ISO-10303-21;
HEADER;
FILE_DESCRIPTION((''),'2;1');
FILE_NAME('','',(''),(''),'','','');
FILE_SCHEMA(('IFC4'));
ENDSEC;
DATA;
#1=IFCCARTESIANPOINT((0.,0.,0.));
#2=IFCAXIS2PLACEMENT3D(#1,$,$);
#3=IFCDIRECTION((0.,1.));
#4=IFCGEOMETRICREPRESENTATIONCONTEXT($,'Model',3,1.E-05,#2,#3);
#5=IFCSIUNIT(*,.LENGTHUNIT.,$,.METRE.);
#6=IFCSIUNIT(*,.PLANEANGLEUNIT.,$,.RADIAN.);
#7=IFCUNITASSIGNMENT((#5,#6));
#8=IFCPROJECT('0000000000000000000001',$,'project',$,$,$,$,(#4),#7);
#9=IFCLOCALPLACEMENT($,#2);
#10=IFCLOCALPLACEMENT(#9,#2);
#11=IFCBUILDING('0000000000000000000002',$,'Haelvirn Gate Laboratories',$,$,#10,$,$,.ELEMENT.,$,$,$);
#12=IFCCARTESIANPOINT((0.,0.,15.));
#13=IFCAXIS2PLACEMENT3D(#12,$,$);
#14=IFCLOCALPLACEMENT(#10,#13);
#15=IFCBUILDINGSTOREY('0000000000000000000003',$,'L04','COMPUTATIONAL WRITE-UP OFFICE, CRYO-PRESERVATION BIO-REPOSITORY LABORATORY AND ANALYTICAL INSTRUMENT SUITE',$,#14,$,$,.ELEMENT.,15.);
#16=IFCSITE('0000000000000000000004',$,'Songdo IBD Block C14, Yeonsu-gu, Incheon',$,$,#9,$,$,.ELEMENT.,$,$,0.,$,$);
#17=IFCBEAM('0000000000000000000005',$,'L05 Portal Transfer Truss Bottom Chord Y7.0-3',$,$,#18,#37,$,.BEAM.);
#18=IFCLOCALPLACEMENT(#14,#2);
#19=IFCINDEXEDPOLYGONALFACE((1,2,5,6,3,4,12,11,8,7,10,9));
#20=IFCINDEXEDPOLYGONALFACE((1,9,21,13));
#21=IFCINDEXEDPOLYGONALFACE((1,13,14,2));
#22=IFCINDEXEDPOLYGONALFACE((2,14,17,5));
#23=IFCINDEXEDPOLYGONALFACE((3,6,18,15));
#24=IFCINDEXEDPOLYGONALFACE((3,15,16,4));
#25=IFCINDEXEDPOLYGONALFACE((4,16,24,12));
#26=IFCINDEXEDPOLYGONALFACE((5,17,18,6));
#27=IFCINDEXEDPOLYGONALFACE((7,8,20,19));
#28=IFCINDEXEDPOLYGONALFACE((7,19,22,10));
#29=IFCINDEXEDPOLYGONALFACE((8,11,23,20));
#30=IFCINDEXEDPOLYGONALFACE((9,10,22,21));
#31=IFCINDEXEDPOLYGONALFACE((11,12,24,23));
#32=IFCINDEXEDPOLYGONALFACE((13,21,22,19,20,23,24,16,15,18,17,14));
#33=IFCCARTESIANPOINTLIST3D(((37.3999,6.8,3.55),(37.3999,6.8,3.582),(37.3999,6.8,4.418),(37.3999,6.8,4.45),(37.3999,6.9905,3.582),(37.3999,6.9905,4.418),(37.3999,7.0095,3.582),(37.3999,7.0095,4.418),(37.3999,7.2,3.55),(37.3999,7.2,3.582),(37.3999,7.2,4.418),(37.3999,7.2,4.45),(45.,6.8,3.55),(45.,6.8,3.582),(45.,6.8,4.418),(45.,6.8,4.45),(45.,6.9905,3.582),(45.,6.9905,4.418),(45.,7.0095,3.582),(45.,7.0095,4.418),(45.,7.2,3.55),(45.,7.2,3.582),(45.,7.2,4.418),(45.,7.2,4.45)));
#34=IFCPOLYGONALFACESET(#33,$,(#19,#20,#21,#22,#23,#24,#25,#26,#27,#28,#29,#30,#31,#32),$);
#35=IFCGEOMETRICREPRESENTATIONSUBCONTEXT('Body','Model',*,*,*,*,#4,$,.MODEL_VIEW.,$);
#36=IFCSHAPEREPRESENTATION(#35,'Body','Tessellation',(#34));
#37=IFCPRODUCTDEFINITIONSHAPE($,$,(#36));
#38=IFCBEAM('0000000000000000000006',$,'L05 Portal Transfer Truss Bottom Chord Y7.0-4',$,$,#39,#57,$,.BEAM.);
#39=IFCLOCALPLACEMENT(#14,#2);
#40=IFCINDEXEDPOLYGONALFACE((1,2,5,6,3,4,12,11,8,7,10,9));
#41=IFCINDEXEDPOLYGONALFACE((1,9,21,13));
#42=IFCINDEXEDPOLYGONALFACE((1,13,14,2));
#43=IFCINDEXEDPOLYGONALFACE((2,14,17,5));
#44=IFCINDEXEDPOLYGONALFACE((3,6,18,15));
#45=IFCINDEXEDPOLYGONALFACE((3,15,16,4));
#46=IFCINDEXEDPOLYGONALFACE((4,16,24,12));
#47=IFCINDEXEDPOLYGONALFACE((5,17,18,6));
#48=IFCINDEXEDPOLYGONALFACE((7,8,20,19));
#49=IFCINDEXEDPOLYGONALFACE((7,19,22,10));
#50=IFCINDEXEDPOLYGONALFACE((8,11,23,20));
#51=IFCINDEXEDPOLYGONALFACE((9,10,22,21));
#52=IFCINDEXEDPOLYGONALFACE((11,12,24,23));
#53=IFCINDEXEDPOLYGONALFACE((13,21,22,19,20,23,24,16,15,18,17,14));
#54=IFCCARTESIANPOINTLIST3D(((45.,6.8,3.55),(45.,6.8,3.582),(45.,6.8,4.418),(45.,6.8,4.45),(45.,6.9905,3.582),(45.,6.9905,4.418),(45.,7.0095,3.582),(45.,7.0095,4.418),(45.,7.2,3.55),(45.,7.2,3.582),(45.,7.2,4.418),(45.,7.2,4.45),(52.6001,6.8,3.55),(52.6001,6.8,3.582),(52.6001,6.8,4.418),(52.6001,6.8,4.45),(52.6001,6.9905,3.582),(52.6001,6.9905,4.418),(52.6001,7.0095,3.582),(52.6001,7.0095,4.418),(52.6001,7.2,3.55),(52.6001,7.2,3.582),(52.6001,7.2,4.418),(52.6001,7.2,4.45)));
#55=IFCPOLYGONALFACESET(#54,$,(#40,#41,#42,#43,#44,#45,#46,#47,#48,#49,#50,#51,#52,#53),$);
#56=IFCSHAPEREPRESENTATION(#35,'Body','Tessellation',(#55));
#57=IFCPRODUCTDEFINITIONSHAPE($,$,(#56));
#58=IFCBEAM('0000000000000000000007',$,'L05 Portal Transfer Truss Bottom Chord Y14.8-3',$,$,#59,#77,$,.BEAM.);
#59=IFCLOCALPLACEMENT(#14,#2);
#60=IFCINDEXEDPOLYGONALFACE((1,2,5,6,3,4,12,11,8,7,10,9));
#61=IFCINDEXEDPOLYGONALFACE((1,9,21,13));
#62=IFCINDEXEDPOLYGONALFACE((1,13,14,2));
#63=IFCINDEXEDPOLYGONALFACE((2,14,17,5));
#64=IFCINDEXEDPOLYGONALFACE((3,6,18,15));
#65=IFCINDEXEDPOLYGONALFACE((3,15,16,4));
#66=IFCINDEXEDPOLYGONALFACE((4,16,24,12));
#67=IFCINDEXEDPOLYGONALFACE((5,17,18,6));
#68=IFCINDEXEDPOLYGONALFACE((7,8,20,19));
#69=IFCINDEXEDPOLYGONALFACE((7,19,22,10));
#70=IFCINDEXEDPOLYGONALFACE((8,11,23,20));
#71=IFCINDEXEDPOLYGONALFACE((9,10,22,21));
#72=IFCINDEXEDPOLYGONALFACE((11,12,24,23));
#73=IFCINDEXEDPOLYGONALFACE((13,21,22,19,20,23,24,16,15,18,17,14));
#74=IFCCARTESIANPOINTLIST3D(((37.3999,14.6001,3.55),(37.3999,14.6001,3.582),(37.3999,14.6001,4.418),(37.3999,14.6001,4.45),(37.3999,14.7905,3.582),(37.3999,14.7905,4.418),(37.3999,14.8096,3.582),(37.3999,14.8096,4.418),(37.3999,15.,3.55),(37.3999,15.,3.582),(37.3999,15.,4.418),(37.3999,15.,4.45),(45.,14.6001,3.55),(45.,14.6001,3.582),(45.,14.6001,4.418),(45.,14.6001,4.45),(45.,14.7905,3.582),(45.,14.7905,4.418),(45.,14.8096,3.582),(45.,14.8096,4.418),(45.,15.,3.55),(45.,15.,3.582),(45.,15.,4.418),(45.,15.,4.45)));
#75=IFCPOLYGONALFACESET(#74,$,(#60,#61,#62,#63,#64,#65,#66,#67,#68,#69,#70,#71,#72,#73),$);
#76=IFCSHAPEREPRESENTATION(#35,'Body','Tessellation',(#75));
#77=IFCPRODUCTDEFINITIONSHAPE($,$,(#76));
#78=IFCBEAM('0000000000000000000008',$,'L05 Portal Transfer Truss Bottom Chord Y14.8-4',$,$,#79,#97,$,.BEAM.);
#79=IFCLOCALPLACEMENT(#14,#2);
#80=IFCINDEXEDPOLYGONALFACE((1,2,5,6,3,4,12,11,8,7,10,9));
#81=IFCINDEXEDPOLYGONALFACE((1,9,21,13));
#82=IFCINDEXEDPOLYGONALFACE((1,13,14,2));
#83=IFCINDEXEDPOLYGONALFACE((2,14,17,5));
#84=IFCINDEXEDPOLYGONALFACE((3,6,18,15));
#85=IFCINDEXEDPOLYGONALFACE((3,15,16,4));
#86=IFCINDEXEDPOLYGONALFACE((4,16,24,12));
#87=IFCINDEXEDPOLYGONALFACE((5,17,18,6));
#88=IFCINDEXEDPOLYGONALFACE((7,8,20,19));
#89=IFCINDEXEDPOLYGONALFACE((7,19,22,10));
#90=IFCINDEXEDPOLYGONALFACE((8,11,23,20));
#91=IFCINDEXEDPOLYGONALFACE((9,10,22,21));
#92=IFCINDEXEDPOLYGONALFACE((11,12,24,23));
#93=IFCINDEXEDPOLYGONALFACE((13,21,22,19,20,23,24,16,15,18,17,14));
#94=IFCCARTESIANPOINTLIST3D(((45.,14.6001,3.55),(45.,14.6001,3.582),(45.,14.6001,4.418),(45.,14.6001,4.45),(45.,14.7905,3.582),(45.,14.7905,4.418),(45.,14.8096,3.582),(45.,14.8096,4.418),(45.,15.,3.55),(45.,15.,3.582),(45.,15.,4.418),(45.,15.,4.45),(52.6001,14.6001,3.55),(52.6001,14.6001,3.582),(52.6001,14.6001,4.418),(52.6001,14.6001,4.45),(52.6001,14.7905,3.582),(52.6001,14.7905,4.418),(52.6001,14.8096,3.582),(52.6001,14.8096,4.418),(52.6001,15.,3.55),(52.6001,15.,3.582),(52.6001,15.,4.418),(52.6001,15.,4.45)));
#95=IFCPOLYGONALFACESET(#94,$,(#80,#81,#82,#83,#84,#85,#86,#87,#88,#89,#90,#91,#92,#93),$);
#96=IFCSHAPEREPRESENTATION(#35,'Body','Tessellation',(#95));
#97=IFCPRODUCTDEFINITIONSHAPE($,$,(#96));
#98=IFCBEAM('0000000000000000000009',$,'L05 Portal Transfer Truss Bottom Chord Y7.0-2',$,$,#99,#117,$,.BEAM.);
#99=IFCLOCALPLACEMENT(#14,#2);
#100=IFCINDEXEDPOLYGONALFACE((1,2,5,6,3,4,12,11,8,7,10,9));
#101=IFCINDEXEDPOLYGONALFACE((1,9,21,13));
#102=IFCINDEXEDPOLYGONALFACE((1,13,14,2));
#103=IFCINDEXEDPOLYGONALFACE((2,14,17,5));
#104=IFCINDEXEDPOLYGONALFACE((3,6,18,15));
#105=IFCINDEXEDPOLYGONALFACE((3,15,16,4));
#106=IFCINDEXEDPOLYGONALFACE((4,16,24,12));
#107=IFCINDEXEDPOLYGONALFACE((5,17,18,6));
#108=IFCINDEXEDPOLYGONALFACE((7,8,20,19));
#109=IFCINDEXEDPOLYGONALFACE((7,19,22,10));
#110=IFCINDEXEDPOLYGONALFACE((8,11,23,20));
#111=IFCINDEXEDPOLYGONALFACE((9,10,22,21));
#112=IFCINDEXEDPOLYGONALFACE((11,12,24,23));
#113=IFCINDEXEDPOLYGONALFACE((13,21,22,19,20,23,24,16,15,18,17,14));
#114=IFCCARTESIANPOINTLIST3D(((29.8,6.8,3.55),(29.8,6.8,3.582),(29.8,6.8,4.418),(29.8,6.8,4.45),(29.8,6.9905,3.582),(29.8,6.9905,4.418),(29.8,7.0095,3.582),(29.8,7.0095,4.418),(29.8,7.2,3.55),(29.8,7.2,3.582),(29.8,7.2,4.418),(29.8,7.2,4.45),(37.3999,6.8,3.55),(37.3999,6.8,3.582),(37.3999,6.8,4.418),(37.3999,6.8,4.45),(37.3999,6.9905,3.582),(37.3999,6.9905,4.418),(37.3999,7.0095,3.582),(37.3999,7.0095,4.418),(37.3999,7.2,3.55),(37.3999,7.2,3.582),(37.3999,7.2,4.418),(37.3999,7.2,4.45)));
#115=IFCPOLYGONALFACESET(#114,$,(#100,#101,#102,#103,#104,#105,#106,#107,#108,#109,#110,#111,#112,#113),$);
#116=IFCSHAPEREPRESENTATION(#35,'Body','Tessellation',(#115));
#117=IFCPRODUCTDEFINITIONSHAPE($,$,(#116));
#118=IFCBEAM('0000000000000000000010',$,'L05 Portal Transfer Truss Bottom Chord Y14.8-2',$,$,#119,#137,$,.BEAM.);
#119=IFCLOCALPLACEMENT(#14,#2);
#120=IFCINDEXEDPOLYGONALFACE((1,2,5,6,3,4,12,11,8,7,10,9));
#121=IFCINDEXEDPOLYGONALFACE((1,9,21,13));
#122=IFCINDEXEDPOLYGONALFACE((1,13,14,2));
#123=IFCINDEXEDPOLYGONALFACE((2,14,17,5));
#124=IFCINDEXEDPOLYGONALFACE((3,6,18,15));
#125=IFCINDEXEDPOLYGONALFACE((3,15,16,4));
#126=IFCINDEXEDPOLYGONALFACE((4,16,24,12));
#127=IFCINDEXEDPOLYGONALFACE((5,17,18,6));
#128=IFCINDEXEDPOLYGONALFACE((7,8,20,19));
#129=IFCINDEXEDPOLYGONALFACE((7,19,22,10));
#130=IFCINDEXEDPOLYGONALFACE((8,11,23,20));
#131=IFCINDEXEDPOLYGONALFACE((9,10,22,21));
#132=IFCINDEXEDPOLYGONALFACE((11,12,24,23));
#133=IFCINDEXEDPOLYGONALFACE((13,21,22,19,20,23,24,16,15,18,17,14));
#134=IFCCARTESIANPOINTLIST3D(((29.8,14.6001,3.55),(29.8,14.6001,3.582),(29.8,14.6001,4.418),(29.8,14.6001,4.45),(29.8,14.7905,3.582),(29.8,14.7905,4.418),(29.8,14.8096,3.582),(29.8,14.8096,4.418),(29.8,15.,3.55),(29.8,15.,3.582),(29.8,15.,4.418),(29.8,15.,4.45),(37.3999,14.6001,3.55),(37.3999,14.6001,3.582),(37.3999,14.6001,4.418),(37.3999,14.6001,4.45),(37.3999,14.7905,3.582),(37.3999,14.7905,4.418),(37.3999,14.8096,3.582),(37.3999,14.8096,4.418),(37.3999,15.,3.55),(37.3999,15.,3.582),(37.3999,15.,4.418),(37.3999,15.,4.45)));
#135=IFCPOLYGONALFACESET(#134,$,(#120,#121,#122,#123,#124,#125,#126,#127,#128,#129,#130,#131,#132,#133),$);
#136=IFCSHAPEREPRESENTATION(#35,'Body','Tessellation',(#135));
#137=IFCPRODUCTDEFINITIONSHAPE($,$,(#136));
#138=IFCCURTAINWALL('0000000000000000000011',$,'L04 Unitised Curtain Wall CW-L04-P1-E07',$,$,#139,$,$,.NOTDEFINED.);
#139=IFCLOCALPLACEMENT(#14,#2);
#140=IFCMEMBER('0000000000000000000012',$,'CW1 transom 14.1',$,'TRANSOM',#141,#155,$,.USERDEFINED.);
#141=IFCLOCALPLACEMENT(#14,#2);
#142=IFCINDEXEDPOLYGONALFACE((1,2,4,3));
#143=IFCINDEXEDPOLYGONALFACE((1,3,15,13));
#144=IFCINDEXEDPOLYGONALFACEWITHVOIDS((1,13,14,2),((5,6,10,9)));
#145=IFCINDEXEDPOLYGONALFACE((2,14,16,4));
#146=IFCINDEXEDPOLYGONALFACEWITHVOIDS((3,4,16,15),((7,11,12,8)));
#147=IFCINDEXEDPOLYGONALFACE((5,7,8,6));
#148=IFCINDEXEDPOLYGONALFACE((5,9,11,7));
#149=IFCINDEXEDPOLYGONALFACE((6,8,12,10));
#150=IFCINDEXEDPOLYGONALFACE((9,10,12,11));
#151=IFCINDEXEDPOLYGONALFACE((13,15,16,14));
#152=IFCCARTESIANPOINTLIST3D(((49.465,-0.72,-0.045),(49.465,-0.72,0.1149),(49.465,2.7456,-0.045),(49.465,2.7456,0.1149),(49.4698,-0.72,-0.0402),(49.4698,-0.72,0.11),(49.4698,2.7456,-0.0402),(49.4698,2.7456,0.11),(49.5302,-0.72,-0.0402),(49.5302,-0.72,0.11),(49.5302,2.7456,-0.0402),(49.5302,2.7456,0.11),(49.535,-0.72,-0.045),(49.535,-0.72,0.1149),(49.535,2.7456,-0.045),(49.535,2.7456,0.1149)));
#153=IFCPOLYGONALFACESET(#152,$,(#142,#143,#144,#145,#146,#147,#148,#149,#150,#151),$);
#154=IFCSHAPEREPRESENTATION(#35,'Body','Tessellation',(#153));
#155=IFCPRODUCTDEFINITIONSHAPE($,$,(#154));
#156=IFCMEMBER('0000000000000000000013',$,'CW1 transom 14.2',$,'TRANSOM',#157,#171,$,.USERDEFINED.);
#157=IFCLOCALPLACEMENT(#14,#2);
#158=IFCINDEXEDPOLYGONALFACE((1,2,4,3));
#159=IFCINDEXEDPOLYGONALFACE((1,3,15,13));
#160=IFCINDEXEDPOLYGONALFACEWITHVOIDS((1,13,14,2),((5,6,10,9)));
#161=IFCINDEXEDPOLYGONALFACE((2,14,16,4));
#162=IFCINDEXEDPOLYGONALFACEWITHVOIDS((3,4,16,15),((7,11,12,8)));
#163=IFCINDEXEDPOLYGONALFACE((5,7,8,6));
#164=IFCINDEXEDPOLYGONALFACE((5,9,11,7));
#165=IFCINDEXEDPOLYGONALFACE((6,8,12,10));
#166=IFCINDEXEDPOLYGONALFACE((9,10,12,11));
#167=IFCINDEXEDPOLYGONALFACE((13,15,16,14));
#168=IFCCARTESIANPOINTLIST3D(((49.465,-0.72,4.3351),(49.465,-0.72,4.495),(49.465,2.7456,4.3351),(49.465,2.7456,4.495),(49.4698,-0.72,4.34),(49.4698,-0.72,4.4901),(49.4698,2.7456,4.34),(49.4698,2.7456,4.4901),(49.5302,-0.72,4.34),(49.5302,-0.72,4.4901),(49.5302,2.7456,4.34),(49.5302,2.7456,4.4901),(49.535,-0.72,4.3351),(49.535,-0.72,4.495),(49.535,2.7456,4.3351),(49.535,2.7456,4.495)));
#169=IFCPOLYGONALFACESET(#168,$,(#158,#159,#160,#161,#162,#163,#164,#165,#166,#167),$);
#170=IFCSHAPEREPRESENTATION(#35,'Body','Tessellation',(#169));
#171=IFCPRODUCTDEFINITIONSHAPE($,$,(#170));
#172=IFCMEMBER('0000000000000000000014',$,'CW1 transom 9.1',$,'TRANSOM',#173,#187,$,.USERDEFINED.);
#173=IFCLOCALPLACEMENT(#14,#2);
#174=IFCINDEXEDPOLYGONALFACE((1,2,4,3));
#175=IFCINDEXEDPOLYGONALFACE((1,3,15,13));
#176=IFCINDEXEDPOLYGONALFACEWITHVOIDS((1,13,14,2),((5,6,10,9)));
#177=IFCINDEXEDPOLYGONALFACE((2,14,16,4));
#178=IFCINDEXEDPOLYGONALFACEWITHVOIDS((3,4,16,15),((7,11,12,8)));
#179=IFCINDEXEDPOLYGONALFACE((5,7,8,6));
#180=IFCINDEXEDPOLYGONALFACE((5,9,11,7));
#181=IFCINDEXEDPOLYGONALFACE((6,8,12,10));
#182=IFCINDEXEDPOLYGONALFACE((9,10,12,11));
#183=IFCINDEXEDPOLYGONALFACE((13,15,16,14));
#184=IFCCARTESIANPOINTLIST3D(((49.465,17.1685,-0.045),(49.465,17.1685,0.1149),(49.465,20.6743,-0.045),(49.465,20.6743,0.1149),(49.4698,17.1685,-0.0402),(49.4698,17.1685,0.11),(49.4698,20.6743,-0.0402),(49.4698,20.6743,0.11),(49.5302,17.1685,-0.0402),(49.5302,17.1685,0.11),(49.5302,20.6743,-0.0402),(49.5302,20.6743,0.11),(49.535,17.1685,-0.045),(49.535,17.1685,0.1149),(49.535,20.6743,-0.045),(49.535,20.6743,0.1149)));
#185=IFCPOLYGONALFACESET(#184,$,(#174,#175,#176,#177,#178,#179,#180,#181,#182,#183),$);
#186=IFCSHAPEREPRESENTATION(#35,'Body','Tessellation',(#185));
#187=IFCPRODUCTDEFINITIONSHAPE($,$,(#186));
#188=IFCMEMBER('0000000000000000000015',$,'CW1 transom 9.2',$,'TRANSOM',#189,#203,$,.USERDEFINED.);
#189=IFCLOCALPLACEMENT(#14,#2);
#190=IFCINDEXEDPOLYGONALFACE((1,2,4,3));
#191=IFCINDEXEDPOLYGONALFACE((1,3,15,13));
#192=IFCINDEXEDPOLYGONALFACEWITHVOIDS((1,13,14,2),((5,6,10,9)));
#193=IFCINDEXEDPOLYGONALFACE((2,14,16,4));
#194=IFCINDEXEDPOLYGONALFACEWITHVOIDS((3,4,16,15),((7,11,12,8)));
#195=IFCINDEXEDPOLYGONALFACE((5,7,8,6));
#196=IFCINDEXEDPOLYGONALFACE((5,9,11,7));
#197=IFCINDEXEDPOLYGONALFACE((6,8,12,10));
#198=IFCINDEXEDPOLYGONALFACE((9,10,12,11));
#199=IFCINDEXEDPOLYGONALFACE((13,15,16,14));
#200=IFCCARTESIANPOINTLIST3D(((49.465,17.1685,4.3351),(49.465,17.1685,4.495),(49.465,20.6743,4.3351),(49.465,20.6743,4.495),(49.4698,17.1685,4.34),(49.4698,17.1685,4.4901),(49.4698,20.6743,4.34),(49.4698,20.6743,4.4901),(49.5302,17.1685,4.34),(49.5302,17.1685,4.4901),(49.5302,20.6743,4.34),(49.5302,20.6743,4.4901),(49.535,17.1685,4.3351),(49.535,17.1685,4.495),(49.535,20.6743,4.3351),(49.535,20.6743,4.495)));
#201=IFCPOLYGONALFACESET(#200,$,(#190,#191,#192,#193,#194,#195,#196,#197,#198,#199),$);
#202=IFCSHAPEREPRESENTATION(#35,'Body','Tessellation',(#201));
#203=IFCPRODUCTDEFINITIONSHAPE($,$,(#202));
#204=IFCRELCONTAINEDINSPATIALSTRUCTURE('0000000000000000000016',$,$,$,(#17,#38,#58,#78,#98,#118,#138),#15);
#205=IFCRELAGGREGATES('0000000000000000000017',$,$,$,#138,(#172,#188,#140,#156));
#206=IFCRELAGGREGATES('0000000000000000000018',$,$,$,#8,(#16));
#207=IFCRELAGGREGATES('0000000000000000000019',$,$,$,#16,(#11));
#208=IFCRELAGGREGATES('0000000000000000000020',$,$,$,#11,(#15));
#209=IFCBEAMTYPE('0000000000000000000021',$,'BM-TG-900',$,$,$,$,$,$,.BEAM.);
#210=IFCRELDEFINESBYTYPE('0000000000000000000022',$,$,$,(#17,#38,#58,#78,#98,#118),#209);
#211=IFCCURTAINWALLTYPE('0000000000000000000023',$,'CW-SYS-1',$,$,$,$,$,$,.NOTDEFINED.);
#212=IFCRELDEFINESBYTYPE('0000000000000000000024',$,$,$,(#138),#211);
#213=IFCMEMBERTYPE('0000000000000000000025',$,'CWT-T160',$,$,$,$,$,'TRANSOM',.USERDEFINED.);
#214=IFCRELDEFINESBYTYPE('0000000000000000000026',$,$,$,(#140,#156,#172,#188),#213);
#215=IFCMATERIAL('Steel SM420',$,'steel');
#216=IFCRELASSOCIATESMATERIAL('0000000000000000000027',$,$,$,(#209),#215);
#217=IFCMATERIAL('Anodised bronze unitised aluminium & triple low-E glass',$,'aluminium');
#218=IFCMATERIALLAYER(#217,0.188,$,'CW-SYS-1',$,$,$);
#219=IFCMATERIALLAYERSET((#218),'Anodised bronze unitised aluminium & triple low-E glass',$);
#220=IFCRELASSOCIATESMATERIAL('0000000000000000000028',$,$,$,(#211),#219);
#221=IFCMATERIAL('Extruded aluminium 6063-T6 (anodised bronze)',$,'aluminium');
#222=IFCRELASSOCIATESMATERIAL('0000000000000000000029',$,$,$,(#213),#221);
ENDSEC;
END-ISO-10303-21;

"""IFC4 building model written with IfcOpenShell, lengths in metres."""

from ifc_helpers import new_model, si_unit, direction, frame, origin, origin_2d, place, context, subcontext, project, spatial, hollow_rectangle, i_section, extrude, source, transform, mapped, material, layer, layer_set, material_profile, profile_set, type_object, type_shapes, element, aggregate, save


model = new_model("IFC4")

# Units and contexts
model_context = context("Model", 3, precision=1e-05, world=origin(), true_north=direction((0.0, 1.0)))
body_context = subcontext(model_context, "Body", "Model", "MODEL_VIEW")
ifc_project = project(units=[si_unit("LENGTHUNIT", "METRE"), si_unit("PLANEANGLEUNIT", "RADIAN")], contexts=[model_context])

# Site, building, storey
site_placement = place(None, origin())
site = spatial("IfcSite", under=ifc_project, at=site_placement, Name="Songdo IBD Block C14, Yeonsu-gu, Incheon", CompositionType="ELEMENT", RefElevation=0.0)
building_placement = place(site_placement, origin())
building = spatial("IfcBuilding", under=site, at=building_placement, Name="Haelvirn Gate Laboratories", CompositionType="ELEMENT")
storey_placement = place(building_placement, frame((0.0, 0.0, 15.0)))
storey = spatial("IfcBuildingStorey", under=building, at=storey_placement, Name="L04", Description="COMPUTATIONAL WRITE-UP OFFICE, CRYO-PRESERVATION BIO-REPOSITORY LABORATORY AND ANALYTICAL INSTRUMENT SUITE", CompositionType="ELEMENT", Elevation=15.0)

# Beams
ifc_material_1 = material(Name="Steel SM420", Category="steel")
ifc_material_profile_1 = material_profile(ifc_material_1, i_section(OverallWidth=0.3999, OverallDepth=0.8999, WebThickness=0.019, FlangeThickness=0.032, at=origin_2d()), Name="H-900x400x19x32")
ifc_profile_set_1 = profile_set([ifc_material_profile_1], Name="Steel SM420")
beam_type = type_object("IfcBeamType", Name="BM-TG-900", PredefinedType="BEAM", material=ifc_profile_set_1)
shared_shape_1 = source(origin(), body_context, "Body", "SweptSolid", [
    extrude(i_section(OverallWidth=0.3999, OverallDepth=0.8999, WebThickness=0.019, FlangeThickness=0.032, at=origin_2d()), origin(), (0.0, 0.0, 1.0), 7.6001),
])
for number, where, z_axis, x_axis, name in (
    (1, (37.3999, 7.0, 4.0), (1.0, 0.0, 0.0), (0.0, 1.0, 0.0), "L05 Portal Transfer Truss Bottom Chord Y7.0-3"),
    (2, (45.0, 7.0, 4.0), (1.0, 0.0, 0.0), (0.0, 1.0, 0.0), "L05 Portal Transfer Truss Bottom Chord Y7.0-4"),
    (3, (37.3999, 14.8, 4.0), (1.0, 0.0, 0.0), (0.0, 1.0, 0.0), "L05 Portal Transfer Truss Bottom Chord Y14.8-3"),
    (4, (45.0, 14.8, 4.0), (1.0, 0.0, 0.0), (0.0, 1.0, 0.0), "L05 Portal Transfer Truss Bottom Chord Y14.8-4"),
):
    element("IfcBeam", number, at=place(storey_placement, frame(where, z_axis=z_axis, x_axis=x_axis)), inside=storey, type_object=beam_type, Name=name, PredefinedType="BEAM", context=body_context, shape_type="MappedRepresentation", body=[
        mapped(shared_shape_1, transform((0.0, 0.0, 0.0), scale=1.0)),
    ])
shared_shape_2 = source(origin(), body_context, "Body", "SweptSolid", [
    extrude(i_section(OverallWidth=0.3999, OverallDepth=0.8999, WebThickness=0.019, FlangeThickness=0.032, at=origin_2d()), origin(), (0.0, 0.0, 1.0), 7.5999),
])
type_shapes(beam_type, [shared_shape_1, shared_shape_2])
for number, where, z_axis, x_axis, name in (
    (5, (29.8, 7.0, 4.0), (1.0, 0.0, 0.0), (0.0, 1.0, 0.0), "L05 Portal Transfer Truss Bottom Chord Y7.0-2"),
    (6, (29.8, 14.8, 4.0), (1.0, 0.0, 0.0), (0.0, 1.0, 0.0), "L05 Portal Transfer Truss Bottom Chord Y14.8-2"),
):
    element("IfcBeam", number, at=place(storey_placement, frame(where, z_axis=z_axis, x_axis=x_axis)), inside=storey, type_object=beam_type, Name=name, PredefinedType="BEAM", context=body_context, shape_type="MappedRepresentation", body=[
        mapped(shared_shape_2, transform((0.0, 0.0, 0.0), scale=1.0)),
    ])

# Curtain wall, members
ifc_material_2 = material(Name="Anodised bronze unitised aluminium & triple low-E glass", Category="aluminium")
ifc_layer_1 = layer(ifc_material_2, 0.188, Name="CW-SYS-1")
ifc_layer_set_1 = layer_set([ifc_layer_1], Name="Anodised bronze unitised aluminium & triple low-E glass")
curtain_wall_type = type_object("IfcCurtainWallType", Name="CW-SYS-1", PredefinedType="NOTDEFINED", material=ifc_layer_set_1)
curtain_wall_1_placement = place(storey_placement, origin())
curtain_wall_1 = element("IfcCurtainWall", 7, at=curtain_wall_1_placement, inside=storey, type_object=curtain_wall_type, Name="L04 Unitised Curtain Wall CW-L04-P1-E07", PredefinedType="NOTDEFINED")
ifc_material_3 = material(Name="Extruded aluminium 6063-T6 (anodised bronze)", Category="aluminium")
ifc_material_profile_2 = material_profile(ifc_material_3, hollow_rectangle(XDim=0.0701, YDim=0.1599, WallThickness=0.0049, at=origin_2d()), Name="CWT-160x70x5")
ifc_profile_set_2 = profile_set([ifc_material_profile_2], Name="Extruded aluminium 6063-T6 (anodised bronze)")
member_type_1 = type_object("IfcMemberType", Name="CWT-T160", ElementType="TRANSOM", PredefinedType="USERDEFINED", material=ifc_profile_set_2)
shared_shape_3 = source(origin(), body_context, "Body", "SweptSolid", [
    extrude(hollow_rectangle(XDim=0.0701, YDim=0.1599, WallThickness=0.0049, at=origin_2d()), origin(), (0.0, 0.0, 1.0), 3.4656),
])
member_1_placement = place(storey_placement, frame((49.5, 2.7456, 0.0349), z_axis=(0.0, -1.0, 0.0), x_axis=(1.0, 0.0, 0.0)))
member_1 = element("IfcMember", 8, at=member_1_placement, type_object=member_type_1, Name="CW1 transom 14.1", ObjectType="TRANSOM", PredefinedType="USERDEFINED", context=body_context, shape_type="MappedRepresentation", body=[
    mapped(shared_shape_3, transform((0.0, 0.0, 0.0), scale=1.0)),
])
member_2_placement = place(storey_placement, frame((49.5, 2.7456, 4.415), z_axis=(0.0, -1.0, 0.0), x_axis=(1.0, 0.0, 0.0)))
member_2 = element("IfcMember", 9, at=member_2_placement, type_object=member_type_1, Name="CW1 transom 14.2", ObjectType="TRANSOM", PredefinedType="USERDEFINED", context=body_context, shape_type="MappedRepresentation", body=[
    mapped(shared_shape_3, transform((0.0, 0.0, 0.0), scale=1.0)),
])
shared_shape_4 = source(origin(), body_context, "Body", "SweptSolid", [
    extrude(hollow_rectangle(XDim=0.0701, YDim=0.1599, WallThickness=0.0049, at=origin_2d()), origin(), (0.0, 0.0, 1.0), 3.5059),
])
member_3_placement = place(storey_placement, frame((49.5, 20.6743, 0.0349), z_axis=(0.0, -1.0, 0.0), x_axis=(1.0, 0.0, 0.0)))
member_3 = element("IfcMember", 10, at=member_3_placement, type_object=member_type_1, Name="CW1 transom 9.1", ObjectType="TRANSOM", PredefinedType="USERDEFINED", context=body_context, shape_type="MappedRepresentation", body=[
    mapped(shared_shape_4, transform((0.0, 0.0, 0.0), scale=1.0)),
])
member_4_placement = place(storey_placement, frame((49.5, 20.6743, 4.415), z_axis=(0.0, -1.0, 0.0), x_axis=(1.0, 0.0, 0.0)))
member_4 = element("IfcMember", 11, at=member_4_placement, type_object=member_type_1, Name="CW1 transom 9.2", ObjectType="TRANSOM", PredefinedType="USERDEFINED", context=body_context, shape_type="MappedRepresentation", body=[
    mapped(shared_shape_4, transform((0.0, 0.0, 0.0), scale=1.0)),
])

aggregate(curtain_wall_1, [member_3, member_4, member_1, member_2])

save(model, "model.ifc")
